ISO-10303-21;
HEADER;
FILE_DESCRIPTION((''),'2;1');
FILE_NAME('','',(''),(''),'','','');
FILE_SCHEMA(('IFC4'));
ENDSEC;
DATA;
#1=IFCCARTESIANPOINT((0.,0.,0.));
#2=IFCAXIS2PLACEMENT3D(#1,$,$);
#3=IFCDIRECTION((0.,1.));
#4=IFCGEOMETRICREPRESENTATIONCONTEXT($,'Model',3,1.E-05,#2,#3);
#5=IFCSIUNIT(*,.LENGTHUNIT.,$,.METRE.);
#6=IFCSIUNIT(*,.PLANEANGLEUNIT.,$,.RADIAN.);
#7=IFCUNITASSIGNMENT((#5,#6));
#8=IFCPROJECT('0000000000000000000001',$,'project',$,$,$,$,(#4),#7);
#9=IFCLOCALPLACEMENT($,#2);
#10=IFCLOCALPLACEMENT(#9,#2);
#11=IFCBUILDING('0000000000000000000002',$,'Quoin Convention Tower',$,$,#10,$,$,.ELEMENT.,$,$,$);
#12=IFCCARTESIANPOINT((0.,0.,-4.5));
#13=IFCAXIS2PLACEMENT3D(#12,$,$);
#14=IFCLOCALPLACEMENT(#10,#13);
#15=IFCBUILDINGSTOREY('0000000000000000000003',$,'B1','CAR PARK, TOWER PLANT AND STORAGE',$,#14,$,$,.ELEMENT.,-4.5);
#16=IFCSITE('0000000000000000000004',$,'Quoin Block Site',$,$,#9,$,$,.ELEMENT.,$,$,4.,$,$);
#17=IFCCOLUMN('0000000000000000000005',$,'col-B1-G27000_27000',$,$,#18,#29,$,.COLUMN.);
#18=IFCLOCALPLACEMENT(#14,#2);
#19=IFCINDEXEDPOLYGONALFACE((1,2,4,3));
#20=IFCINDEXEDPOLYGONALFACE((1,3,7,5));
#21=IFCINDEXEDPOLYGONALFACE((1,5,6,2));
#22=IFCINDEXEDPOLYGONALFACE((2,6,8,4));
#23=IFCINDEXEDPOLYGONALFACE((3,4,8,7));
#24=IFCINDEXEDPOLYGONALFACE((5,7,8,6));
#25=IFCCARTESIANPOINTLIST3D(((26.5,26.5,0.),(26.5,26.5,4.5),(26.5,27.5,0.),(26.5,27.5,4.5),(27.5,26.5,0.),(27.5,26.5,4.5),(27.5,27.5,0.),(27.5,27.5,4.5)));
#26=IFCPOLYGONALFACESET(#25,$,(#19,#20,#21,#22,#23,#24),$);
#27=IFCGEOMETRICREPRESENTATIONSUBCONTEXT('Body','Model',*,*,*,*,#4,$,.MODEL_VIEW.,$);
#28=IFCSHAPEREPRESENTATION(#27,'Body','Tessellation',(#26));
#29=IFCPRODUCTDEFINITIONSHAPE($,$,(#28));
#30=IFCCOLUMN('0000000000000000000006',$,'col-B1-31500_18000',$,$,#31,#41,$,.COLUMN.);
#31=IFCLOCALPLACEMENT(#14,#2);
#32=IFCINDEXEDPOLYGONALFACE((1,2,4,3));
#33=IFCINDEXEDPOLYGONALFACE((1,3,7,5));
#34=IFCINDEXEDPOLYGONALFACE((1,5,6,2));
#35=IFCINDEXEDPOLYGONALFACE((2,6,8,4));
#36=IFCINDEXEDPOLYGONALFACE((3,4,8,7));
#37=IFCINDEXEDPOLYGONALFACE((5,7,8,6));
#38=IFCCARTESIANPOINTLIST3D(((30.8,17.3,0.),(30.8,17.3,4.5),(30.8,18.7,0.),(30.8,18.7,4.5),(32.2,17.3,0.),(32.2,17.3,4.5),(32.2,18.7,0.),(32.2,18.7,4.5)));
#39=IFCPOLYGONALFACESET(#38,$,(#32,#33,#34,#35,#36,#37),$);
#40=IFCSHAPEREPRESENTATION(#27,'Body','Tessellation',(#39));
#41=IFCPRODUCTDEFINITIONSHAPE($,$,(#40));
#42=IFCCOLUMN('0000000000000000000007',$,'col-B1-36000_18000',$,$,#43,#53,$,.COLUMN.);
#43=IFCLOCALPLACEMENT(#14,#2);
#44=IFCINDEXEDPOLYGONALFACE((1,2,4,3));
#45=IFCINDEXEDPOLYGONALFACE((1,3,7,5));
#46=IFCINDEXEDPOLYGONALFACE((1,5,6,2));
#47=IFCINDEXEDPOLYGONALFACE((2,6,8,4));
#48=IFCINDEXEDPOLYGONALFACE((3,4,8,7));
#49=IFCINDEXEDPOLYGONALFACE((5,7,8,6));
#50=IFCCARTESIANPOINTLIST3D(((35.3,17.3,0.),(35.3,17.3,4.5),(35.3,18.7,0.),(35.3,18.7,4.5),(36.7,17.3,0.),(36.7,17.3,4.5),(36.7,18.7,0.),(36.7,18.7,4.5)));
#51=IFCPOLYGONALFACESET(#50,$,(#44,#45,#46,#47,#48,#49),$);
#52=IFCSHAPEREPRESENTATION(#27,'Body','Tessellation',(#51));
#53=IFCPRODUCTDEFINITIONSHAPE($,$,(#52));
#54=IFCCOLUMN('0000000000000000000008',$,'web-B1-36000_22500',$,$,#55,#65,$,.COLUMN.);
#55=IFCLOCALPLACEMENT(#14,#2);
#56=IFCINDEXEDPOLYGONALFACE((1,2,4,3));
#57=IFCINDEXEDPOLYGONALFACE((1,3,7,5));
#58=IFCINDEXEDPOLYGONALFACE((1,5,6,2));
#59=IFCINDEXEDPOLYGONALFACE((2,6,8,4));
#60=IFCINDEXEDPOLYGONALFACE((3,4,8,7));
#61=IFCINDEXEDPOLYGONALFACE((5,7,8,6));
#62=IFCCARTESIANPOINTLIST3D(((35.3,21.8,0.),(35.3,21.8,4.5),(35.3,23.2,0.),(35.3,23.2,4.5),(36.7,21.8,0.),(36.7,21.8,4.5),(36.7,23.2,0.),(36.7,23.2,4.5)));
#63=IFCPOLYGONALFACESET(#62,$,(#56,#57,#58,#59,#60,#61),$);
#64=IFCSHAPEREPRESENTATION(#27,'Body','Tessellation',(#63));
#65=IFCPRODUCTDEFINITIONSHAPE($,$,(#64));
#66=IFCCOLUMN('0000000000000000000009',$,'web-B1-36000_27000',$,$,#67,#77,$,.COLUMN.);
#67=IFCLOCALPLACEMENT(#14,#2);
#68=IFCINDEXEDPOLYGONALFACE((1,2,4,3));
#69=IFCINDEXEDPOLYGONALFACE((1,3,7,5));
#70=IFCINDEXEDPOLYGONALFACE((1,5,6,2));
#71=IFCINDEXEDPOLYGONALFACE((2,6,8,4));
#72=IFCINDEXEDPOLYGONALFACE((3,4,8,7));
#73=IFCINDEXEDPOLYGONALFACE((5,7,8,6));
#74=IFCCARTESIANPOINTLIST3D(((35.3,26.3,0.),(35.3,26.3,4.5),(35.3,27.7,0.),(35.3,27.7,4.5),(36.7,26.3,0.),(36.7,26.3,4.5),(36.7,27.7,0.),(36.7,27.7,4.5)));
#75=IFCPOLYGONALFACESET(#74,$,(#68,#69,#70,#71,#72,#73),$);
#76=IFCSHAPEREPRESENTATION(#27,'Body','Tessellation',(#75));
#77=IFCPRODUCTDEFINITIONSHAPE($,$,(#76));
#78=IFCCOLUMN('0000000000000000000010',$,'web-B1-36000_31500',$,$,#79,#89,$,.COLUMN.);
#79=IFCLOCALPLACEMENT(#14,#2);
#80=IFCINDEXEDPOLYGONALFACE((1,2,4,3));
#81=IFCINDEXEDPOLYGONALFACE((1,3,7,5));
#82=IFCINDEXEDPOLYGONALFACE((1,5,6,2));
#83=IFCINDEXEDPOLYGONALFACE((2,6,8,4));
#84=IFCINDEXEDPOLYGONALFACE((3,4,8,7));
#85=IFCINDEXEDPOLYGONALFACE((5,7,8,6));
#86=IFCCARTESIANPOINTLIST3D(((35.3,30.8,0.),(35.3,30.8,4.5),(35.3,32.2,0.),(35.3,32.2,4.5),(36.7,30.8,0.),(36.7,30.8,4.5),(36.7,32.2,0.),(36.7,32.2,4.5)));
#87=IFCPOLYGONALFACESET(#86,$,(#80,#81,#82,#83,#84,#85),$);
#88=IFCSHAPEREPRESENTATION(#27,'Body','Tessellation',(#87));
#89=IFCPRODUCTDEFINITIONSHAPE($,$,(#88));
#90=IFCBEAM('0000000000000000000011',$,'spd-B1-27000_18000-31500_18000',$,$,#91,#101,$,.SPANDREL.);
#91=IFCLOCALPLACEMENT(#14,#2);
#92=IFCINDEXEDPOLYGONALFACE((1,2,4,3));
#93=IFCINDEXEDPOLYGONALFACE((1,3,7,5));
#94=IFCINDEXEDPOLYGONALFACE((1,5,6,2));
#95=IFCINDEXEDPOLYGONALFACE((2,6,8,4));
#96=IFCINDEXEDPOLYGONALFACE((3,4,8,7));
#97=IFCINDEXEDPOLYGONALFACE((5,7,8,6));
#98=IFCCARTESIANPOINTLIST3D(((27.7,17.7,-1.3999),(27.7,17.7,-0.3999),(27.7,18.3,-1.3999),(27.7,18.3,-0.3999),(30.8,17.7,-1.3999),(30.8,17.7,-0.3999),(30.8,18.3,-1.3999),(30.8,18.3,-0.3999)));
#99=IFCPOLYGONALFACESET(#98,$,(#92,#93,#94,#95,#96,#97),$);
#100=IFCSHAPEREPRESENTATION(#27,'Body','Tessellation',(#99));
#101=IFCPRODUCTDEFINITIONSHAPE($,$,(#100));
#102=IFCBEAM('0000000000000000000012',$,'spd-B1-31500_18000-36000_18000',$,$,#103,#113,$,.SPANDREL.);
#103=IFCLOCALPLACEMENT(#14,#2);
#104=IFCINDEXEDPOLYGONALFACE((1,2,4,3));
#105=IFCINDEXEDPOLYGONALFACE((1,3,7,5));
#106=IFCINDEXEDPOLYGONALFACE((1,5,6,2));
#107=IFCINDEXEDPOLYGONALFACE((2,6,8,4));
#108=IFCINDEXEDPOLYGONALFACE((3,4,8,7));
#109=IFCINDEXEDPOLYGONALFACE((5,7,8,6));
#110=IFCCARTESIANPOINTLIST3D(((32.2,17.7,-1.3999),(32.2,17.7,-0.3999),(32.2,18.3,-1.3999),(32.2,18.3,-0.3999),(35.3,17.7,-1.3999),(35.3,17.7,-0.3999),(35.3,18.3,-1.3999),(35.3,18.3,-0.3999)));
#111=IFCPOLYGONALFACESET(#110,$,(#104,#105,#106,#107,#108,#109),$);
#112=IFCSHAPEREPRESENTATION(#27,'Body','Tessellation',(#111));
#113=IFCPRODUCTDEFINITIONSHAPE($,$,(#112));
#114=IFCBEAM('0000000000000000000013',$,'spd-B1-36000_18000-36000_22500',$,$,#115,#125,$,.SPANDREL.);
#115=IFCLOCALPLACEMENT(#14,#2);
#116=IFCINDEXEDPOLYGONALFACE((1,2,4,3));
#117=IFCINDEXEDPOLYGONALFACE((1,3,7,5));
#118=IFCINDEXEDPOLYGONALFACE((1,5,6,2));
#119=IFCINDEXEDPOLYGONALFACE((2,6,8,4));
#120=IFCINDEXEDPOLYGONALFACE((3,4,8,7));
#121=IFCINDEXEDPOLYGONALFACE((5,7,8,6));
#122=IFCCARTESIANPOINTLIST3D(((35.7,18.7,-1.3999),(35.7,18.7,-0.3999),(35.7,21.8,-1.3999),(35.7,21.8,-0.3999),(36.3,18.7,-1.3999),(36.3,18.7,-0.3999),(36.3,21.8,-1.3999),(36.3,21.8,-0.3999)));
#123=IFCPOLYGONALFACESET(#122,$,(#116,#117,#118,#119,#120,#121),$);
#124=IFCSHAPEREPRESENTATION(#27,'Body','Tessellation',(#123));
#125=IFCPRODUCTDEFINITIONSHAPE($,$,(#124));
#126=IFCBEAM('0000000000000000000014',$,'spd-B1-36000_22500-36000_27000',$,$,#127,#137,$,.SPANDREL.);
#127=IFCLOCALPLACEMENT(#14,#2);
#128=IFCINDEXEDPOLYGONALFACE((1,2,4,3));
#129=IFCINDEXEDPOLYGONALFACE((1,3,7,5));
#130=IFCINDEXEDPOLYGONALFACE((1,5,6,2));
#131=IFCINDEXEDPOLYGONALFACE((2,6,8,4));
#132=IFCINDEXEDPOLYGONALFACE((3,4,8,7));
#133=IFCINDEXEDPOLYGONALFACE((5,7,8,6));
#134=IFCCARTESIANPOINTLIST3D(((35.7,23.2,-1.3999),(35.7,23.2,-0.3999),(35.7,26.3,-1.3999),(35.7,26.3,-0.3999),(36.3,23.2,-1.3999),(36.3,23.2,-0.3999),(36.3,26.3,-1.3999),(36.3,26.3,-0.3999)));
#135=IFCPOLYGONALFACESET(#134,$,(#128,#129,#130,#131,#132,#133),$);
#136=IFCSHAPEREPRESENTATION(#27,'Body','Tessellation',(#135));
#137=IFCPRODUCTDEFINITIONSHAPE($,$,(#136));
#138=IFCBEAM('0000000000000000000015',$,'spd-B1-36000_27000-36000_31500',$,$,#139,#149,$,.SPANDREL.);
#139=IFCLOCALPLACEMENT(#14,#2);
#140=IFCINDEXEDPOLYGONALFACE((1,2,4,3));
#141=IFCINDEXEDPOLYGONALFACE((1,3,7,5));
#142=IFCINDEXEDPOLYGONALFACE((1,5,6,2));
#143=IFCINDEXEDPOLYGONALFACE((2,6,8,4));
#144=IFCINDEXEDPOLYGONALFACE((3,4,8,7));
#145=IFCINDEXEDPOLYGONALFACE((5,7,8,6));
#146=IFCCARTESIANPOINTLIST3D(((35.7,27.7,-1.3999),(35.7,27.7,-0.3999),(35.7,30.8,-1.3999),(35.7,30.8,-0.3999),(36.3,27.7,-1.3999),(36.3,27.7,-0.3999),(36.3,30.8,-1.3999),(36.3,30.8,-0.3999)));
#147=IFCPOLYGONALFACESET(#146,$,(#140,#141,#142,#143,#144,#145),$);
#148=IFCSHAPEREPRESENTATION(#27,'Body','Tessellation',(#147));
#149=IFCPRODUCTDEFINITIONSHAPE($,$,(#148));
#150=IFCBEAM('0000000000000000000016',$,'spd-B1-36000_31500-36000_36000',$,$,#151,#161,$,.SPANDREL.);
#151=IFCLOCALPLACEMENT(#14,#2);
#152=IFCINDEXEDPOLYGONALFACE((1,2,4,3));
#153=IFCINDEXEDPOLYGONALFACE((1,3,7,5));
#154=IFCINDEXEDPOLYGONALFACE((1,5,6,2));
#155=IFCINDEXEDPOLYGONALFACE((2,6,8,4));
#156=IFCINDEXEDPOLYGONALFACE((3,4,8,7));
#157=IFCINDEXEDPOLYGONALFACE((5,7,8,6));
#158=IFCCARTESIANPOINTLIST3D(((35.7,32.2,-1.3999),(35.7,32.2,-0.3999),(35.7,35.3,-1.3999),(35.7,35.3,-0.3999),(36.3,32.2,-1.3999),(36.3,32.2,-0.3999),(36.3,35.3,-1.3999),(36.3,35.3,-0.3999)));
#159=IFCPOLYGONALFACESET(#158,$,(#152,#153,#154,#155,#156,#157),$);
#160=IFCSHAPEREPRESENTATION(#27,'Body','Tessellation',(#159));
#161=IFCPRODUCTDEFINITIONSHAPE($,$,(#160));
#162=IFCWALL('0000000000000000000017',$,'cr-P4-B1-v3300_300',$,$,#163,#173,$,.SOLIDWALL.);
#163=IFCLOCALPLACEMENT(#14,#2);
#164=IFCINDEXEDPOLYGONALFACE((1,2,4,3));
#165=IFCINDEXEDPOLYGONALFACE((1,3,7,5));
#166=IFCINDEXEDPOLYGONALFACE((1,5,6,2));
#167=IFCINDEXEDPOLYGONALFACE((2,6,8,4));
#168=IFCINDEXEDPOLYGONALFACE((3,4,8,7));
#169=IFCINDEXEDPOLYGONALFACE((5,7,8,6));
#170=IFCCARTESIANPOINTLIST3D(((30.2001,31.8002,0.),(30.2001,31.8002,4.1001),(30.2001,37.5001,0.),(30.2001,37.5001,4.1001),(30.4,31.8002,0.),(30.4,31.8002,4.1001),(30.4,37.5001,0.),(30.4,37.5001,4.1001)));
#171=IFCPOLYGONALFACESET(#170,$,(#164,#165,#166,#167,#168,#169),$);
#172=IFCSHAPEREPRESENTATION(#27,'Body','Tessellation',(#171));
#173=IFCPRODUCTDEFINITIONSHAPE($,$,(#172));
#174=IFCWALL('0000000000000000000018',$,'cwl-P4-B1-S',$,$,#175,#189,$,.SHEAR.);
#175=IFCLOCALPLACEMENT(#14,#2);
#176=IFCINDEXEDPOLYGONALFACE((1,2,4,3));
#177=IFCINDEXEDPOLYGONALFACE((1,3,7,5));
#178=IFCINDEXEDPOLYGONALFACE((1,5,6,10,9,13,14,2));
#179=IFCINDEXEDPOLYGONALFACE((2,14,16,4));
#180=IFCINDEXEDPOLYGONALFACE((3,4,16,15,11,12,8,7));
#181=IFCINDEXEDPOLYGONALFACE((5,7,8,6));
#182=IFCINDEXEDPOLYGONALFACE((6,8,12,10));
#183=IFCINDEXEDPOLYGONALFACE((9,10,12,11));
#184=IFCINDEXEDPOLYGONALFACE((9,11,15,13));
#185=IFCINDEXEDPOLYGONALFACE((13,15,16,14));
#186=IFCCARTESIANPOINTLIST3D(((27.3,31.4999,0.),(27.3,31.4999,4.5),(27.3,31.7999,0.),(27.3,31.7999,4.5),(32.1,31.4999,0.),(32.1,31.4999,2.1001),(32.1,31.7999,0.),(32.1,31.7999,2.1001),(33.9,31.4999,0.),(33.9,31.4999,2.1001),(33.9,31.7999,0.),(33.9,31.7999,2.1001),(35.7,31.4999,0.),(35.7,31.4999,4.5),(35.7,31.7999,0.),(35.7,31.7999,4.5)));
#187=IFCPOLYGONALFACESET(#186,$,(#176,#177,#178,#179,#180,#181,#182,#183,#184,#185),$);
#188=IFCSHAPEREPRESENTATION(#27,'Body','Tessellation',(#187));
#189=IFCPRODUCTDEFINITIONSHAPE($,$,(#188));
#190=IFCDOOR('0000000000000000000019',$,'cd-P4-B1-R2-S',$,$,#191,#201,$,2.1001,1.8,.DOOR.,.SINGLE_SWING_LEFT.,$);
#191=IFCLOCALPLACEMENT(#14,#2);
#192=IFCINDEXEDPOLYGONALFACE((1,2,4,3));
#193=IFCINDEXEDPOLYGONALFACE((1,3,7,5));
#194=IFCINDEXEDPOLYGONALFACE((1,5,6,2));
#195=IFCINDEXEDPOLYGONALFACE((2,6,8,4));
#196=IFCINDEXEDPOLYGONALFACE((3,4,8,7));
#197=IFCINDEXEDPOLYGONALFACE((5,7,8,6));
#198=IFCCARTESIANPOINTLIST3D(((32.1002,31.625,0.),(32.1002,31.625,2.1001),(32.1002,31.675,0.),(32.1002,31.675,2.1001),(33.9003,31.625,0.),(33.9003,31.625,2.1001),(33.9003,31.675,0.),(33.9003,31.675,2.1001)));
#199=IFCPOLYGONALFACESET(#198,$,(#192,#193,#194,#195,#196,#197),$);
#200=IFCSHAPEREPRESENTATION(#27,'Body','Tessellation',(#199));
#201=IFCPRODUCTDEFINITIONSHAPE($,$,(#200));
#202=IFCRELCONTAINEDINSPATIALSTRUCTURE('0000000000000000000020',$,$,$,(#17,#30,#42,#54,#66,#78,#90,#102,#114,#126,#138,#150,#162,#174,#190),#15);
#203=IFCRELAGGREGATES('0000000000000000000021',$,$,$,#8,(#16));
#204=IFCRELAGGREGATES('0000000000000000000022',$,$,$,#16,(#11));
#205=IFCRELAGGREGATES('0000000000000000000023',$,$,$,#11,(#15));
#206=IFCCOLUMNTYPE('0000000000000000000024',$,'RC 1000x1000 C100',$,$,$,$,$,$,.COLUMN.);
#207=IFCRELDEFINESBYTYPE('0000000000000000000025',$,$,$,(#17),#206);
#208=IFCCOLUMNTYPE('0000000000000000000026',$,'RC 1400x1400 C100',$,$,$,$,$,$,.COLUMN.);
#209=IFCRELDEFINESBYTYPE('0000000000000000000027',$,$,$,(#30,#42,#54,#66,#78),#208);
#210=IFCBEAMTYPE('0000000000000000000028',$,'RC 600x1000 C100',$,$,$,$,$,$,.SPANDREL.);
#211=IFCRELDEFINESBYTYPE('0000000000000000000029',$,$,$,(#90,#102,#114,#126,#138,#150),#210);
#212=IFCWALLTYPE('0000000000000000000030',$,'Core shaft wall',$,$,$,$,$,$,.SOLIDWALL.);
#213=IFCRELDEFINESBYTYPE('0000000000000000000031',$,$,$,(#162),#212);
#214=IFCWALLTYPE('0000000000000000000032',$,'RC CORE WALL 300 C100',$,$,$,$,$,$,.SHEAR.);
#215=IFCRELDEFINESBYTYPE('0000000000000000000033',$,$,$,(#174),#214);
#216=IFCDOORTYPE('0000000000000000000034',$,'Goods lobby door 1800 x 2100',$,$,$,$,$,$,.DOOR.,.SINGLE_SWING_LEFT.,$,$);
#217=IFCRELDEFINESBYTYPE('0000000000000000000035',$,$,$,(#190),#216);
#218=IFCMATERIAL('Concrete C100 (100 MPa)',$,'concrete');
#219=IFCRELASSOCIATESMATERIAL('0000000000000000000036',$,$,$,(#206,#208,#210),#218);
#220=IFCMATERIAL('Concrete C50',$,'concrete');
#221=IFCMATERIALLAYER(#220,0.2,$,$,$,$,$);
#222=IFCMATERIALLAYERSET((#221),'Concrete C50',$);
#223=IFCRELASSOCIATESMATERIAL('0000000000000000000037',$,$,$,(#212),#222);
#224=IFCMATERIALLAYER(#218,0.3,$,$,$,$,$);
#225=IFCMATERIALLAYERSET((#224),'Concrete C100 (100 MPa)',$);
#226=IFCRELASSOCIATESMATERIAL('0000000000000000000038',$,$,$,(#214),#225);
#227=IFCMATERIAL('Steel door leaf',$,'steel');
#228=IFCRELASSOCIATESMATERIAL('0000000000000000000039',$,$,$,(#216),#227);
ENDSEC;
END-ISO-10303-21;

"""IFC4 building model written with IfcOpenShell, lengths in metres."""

from ifc_helpers import new_model, si_unit, direction, frame, frame_2d, origin, origin_2d, place, context, subcontext, project, spatial, rectangle, extrude, material, layer, layer_set, material_profile, profile_set, type_object, element, fill, save


model = new_model("IFC4")

# Units and contexts
model_context = context("Model", 3, precision=1e-05, world=origin(), true_north=direction((0.0, 1.0)))
body_context = subcontext(model_context, "Body", "Model", "MODEL_VIEW")
ifc_project = project(units=[si_unit("LENGTHUNIT", "METRE"), si_unit("PLANEANGLEUNIT", "RADIAN")], contexts=[model_context])

# Site, building, storey
site_placement = place(None, origin())
site = spatial("IfcSite", under=ifc_project, at=site_placement, Name="Quoin Block Site", CompositionType="ELEMENT", RefElevation=4.0)
building_placement = place(site_placement, origin())
building = spatial("IfcBuilding", under=site, at=building_placement, Name="Quoin Convention Tower", CompositionType="ELEMENT")
storey_placement = place(building_placement, frame((0.0, 0.0, -4.5)))
storey = spatial("IfcBuildingStorey", under=building, at=storey_placement, Name="B1", Description="CAR PARK, TOWER PLANT AND STORAGE", CompositionType="ELEMENT", Elevation=-4.5)

# Columns
ifc_material_1 = material(Name="Concrete C100 (100 MPa)", Category="concrete")
ifc_material_profile_1 = material_profile(ifc_material_1, rectangle(XDim=1.0, YDim=1.0, at=origin_2d()), Name="RC 1000x1000")
ifc_profile_set_1 = profile_set([ifc_material_profile_1], Name="Concrete C100 (100 MPa)")
column_type_1 = type_object("IfcColumnType", Name="RC 1000x1000 C100", PredefinedType="COLUMN", material=ifc_profile_set_1)
column_placement = place(storey_placement, frame((27.0, 27.0, 0.0), z_axis=(0.0, 0.0, 1.0), x_axis=(1.0, 0.0, 0.0)))
element("IfcColumn", 1, at=column_placement, inside=storey, type_object=column_type_1, Name="col-B1-G27000_27000", PredefinedType="COLUMN", context=body_context, shape_type="SweptSolid", body=[
    extrude(rectangle(XDim=1.0, YDim=1.0, at=origin_2d()), origin(), (0.0, 0.0, 1.0), 4.5),
])
ifc_material_profile_2 = material_profile(ifc_material_1, rectangle(XDim=1.3999, YDim=1.3999, at=origin_2d()), Name="RC 1400x1400")
ifc_profile_set_2 = profile_set([ifc_material_profile_2], Name="Concrete C100 (100 MPa)")
column_type_2 = type_object("IfcColumnType", Name="RC 1400x1400 C100", PredefinedType="COLUMN", material=ifc_profile_set_2)
for number, where, z_axis, x_axis, name in (
    (2, (31.5, 18.0, 0.0), (0.0, 0.0, 1.0), (1.0, 0.0, 0.0), "col-B1-31500_18000"),
    (3, (36.0, 18.0, 0.0), (0.0, 0.0, 1.0), (1.0, 0.0, 0.0), "col-B1-36000_18000"),
    (4, (36.0, 22.5, 0.0), (0.0, 0.0, 1.0), (1.0, 0.0, 0.0), "web-B1-36000_22500"),
    (5, (36.0, 27.0, 0.0), (0.0, 0.0, 1.0), (1.0, 0.0, 0.0), "web-B1-36000_27000"),
    (6, (36.0, 31.5, 0.0), (0.0, 0.0, 1.0), (1.0, 0.0, 0.0), "web-B1-36000_31500"),
):
    element("IfcColumn", number, at=place(storey_placement, frame(where, z_axis=z_axis, x_axis=x_axis)), inside=storey, type_object=column_type_2, Name=name, PredefinedType="COLUMN", context=body_context, shape_type="SweptSolid", body=[
        extrude(rectangle(XDim=1.3999, YDim=1.3999, at=origin_2d()), origin(), (0.0, 0.0, 1.0), 4.5),
    ])

# Beams
ifc_material_profile_3 = material_profile(ifc_material_1, rectangle(XDim=0.6001, YDim=1.0, at=origin_2d()), Name="RC 600x1000")
ifc_profile_set_3 = profile_set([ifc_material_profile_3], Name="Concrete C100 (100 MPa)")
beam_type = type_object("IfcBeamType", Name="RC 600x1000 C100", PredefinedType="SPANDREL", material=ifc_profile_set_3)
for number, where, z_axis, x_axis, name in (
    (7, (27.7, 18.0, -0.8999), (1.0, 0.0, 0.0), (0.0, 1.0, 0.0), "spd-B1-27000_18000-31500_18000"),
    (8, (32.2, 18.0, -0.8999), (1.0, 0.0, 0.0), (0.0, 1.0, 0.0), "spd-B1-31500_18000-36000_18000"),
    (9, (36.0, 18.7, -0.8999), (0.0, 1.0, 0.0), (-1.0, 0.0, 0.0), "spd-B1-36000_18000-36000_22500"),
    (10, (36.0, 23.2, -0.8999), (0.0, 1.0, 0.0), (-1.0, 0.0, 0.0), "spd-B1-36000_22500-36000_27000"),
    (11, (36.0, 27.7, -0.8999), (0.0, 1.0, 0.0), (-1.0, 0.0, 0.0), "spd-B1-36000_27000-36000_31500"),
    (12, (36.0, 32.2, -0.8999), (0.0, 1.0, 0.0), (-1.0, 0.0, 0.0), "spd-B1-36000_31500-36000_36000"),
):
    element("IfcBeam", number, at=place(storey_placement, frame(where, z_axis=z_axis, x_axis=x_axis)), inside=storey, type_object=beam_type, Name=name, PredefinedType="SPANDREL", context=body_context, shape_type="SweptSolid", body=[
        extrude(rectangle(XDim=0.6001, YDim=1.0, at=origin_2d()), origin(), (0.0, 0.0, 1.0), 3.1001),
    ])

# Wall
ifc_material_2 = material(Name="Concrete C50", Category="concrete")
ifc_layer_1 = layer(ifc_material_2, 0.2)
ifc_layer_set_1 = layer_set([ifc_layer_1], Name="Concrete C50")
wall_type_1 = type_object("IfcWallType", Name="Core shaft wall", PredefinedType="SOLIDWALL", material=ifc_layer_set_1)
wall_1_placement = place(storey_placement, frame((30.3, 31.8, 0.0), z_axis=(0.0, 0.0, 1.0), x_axis=(0.0, 1.0, 0.0)))
element("IfcWall", 13, at=wall_1_placement, inside=storey, type_object=wall_type_1, Name="cr-P4-B1-v3300_300", PredefinedType="SOLIDWALL", context=body_context, shape_type="SweptSolid", body=[
    extrude(rectangle(XDim=5.7, YDim=0.2, at=frame_2d((2.8501, 0.0))), origin(), (0.0, 0.0, 1.0), 4.1001),
])

# Wall, opening, door
ifc_layer_2 = layer(ifc_material_1, 0.3)
ifc_layer_set_2 = layer_set([ifc_layer_2], Name="Concrete C100 (100 MPa)")
wall_type_2 = type_object("IfcWallType", Name="RC CORE WALL 300 C100", PredefinedType="SHEAR", material=ifc_layer_set_2)
wall_2_placement = place(storey_placement, frame((27.3, 31.6499, 0.0), z_axis=(0.0, 0.0, 1.0), x_axis=(1.0, 0.0, 0.0)))
wall_2 = element("IfcWall", 14, at=wall_2_placement, inside=storey, type_object=wall_type_2, Name="cwl-P4-B1-S", PredefinedType="SHEAR", context=body_context, shape_type="SweptSolid", body=[
    extrude(rectangle(XDim=8.3999, YDim=0.3, at=frame_2d((4.2, 0.0))), origin(), (0.0, 0.0, 1.0), 4.5),
])
opening_1_placement = place(wall_2_placement, frame((4.8, 0.0, 0.0)))
opening_1 = element("IfcOpeningElement", 15, at=opening_1_placement, cuts=wall_2, PredefinedType="OPENING", context=body_context, shape_type="SweptSolid", body=[
    extrude(rectangle(XDim=1.8, YDim=2.1001, at=frame_2d((0.8999, 1.05))), frame((0.0, 0.1599, 0.0), z_axis=(0.0, -1.0, 0.0), x_axis=(1.0, 0.0, 0.0)), (0.0, 0.0, 1.0), 0.3201),
])
ifc_material_3 = material(Name="Steel door leaf", Category="steel")
door_type_1 = type_object("IfcDoorType", Name="Goods lobby door 1800 x 2100", OperationType="SINGLE_SWING_LEFT", PredefinedType="DOOR", material=ifc_material_3)
door_1_placement = place(opening_1_placement, frame((1.8, 0.0, 0.0), z_axis=(0.0, 0.0, 1.0), x_axis=(-1.0, 0.0, 0.0)))
door_1 = element("IfcDoor", 16, at=door_1_placement, inside=storey, type_object=door_type_1, Name="cd-P4-B1-R2-S", OperationType="SINGLE_SWING_LEFT", OverallHeight=2.1001, OverallWidth=1.8, PredefinedType="DOOR", context=body_context, shape_type="SweptSolid", body=[
    extrude(rectangle(XDim=1.8, YDim=2.1001, at=frame_2d((0.8999, 1.05))), frame((0.0, 0.0249, 0.0), z_axis=(0.0, -1.0, 0.0), x_axis=(1.0, 0.0, 0.0)), (0.0, 0.0, 1.0), 0.05),
])
fill(opening_1, door_1)

save(model, "model.ifc")
